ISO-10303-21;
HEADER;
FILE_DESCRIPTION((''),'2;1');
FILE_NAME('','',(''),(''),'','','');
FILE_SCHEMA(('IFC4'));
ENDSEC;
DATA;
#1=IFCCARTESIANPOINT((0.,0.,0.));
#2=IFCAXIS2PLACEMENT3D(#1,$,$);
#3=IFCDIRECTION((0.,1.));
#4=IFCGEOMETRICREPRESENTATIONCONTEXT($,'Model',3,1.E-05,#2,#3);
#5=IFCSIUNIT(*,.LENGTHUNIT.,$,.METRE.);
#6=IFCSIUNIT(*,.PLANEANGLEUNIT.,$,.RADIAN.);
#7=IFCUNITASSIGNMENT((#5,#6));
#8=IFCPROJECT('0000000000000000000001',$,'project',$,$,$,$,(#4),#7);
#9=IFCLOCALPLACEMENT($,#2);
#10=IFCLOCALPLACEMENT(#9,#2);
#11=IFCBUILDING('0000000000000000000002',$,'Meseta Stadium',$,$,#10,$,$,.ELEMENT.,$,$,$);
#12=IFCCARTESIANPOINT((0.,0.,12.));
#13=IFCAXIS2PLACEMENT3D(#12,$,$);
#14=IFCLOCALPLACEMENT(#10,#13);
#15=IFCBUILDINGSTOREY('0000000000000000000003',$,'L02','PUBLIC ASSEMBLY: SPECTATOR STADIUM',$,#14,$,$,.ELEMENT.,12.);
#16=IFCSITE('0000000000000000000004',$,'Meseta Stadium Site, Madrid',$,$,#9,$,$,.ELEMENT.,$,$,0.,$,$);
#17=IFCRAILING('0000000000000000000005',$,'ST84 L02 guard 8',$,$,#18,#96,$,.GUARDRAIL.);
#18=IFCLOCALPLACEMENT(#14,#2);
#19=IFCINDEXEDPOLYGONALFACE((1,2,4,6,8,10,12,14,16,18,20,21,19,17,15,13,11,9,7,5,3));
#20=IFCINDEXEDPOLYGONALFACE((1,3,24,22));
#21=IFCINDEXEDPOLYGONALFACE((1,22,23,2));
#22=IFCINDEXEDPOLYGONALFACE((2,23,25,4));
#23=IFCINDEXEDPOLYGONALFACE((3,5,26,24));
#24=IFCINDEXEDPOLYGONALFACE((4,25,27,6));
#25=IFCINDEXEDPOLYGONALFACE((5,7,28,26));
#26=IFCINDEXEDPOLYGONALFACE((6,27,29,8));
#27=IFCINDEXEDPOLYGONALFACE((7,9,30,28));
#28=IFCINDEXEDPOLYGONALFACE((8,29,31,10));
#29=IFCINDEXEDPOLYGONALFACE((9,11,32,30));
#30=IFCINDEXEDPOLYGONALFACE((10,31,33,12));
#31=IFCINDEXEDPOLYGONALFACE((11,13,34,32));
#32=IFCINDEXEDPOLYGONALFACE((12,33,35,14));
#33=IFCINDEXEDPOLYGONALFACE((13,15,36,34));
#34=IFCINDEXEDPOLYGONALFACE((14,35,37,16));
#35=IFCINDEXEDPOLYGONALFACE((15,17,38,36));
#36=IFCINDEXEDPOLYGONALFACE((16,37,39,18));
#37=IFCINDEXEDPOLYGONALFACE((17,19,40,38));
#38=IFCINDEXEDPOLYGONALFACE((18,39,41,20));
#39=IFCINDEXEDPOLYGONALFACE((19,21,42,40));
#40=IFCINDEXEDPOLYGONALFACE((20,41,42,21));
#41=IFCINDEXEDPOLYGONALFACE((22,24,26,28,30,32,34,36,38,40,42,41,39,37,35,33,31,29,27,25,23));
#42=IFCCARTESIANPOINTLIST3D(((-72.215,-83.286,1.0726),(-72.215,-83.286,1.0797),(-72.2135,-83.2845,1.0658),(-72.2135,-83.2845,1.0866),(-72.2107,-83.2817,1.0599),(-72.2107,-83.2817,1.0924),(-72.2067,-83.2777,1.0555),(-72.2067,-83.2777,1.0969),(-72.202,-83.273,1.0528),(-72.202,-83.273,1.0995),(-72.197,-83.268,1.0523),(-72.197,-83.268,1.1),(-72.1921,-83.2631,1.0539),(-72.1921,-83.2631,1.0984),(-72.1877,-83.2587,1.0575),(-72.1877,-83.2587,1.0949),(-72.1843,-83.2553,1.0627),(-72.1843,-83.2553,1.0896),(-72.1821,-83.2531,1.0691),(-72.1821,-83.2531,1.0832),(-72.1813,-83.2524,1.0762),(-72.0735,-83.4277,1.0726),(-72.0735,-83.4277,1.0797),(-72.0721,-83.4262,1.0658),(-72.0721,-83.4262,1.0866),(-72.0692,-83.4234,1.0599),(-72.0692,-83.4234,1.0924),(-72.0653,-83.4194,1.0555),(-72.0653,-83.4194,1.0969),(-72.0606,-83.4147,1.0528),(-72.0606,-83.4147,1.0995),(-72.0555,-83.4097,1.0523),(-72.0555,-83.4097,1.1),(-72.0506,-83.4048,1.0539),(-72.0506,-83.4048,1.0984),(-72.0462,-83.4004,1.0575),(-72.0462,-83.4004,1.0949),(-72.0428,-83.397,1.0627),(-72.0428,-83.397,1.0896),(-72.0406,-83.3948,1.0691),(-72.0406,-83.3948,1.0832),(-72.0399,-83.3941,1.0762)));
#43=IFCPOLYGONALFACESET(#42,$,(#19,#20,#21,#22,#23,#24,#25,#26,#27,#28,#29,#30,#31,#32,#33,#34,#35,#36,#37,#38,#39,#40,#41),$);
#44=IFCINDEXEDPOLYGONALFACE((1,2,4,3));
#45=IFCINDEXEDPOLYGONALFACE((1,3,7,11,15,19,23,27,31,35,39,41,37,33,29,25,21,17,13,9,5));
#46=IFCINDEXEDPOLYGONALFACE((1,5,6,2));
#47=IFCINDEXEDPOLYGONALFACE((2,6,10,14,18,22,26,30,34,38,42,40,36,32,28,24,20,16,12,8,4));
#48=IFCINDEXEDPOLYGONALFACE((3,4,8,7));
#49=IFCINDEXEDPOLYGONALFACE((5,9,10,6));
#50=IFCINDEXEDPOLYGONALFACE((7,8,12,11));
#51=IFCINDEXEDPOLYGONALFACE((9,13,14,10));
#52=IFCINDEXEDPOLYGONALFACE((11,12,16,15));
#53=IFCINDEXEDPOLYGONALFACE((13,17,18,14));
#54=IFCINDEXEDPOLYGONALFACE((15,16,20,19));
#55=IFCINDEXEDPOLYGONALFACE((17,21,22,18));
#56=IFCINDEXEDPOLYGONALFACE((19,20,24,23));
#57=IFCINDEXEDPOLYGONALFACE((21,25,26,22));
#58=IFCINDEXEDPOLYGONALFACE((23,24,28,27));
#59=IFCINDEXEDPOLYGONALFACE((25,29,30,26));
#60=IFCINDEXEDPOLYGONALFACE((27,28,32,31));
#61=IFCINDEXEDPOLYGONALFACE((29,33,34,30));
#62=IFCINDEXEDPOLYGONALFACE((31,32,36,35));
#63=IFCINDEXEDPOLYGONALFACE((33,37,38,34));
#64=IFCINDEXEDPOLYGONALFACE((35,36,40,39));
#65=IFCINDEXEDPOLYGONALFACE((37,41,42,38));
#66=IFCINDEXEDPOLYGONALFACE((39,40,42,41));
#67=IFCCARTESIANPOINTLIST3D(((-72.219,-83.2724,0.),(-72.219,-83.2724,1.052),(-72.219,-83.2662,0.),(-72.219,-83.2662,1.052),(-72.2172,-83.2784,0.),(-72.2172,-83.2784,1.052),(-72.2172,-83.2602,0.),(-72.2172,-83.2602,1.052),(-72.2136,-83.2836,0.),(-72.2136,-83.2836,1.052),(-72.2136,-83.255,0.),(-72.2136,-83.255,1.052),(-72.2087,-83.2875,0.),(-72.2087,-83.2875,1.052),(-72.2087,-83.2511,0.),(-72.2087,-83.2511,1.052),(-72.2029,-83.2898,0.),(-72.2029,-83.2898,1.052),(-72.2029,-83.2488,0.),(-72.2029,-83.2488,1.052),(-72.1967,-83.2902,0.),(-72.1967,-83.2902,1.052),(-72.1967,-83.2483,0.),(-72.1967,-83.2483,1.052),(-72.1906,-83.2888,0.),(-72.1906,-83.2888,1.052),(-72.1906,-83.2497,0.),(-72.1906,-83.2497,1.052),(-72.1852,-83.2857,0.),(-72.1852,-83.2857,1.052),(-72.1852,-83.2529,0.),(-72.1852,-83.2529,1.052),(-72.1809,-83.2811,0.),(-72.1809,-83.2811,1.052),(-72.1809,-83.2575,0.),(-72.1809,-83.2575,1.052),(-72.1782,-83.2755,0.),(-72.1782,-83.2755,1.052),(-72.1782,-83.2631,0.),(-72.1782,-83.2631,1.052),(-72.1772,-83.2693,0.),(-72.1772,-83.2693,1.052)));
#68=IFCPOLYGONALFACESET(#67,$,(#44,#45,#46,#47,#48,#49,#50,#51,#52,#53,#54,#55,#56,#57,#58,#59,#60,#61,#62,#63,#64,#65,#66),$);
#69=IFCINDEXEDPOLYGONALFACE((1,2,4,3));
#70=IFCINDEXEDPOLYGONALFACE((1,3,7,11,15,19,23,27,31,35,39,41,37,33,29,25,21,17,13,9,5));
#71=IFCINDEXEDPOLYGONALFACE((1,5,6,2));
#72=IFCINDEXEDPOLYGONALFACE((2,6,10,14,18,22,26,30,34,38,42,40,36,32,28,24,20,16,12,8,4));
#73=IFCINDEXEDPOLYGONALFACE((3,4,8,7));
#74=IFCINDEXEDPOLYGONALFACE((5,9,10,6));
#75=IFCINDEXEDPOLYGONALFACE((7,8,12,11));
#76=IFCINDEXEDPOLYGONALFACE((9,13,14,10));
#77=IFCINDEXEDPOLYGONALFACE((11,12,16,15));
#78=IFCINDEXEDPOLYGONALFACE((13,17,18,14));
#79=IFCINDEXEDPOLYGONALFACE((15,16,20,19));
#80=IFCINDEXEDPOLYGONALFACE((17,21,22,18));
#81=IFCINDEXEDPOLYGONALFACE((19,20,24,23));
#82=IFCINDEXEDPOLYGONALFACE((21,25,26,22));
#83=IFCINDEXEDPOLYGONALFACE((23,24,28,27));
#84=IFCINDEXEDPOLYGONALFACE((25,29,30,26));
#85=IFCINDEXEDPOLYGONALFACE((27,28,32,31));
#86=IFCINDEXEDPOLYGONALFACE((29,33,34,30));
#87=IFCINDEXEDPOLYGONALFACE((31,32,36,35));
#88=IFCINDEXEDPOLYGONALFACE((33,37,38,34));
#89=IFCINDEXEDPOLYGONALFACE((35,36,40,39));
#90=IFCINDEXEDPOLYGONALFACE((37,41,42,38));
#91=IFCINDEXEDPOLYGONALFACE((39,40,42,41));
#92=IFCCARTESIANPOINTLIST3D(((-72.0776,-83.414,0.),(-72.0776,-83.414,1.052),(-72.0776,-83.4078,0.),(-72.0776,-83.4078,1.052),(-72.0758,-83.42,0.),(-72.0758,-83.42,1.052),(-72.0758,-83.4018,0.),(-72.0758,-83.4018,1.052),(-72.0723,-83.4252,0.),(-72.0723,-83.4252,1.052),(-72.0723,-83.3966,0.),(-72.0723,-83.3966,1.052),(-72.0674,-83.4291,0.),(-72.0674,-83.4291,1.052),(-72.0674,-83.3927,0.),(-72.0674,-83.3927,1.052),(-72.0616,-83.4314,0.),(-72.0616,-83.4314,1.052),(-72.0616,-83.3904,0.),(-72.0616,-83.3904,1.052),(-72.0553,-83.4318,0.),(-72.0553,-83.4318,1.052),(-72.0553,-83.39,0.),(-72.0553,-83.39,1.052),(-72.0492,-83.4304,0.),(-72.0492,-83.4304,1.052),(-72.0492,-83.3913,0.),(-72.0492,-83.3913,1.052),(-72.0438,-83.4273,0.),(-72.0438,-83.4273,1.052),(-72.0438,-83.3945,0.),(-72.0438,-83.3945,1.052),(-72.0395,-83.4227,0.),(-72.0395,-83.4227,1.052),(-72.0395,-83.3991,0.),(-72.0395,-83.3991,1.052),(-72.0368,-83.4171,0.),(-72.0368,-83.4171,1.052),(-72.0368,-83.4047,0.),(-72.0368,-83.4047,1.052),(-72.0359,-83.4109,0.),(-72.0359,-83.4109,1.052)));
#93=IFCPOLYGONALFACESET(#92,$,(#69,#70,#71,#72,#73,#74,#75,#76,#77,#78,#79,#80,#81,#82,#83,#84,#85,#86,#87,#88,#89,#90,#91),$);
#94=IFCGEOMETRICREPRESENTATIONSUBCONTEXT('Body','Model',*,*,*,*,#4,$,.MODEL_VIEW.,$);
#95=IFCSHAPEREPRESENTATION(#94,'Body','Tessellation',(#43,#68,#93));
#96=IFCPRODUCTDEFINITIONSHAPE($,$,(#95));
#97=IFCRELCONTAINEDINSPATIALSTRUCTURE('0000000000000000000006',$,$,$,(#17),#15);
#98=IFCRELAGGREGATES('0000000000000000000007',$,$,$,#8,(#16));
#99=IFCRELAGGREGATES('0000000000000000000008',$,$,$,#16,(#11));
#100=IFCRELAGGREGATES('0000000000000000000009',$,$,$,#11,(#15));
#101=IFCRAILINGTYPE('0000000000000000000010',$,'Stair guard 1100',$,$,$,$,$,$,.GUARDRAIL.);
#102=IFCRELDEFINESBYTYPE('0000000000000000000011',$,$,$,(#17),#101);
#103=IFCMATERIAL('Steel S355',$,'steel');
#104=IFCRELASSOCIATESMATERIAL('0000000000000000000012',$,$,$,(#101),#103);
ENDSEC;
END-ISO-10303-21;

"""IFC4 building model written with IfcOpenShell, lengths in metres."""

from ifc_helpers import new_model, si_unit, direction, frame, origin, origin_2d, place, context, subcontext, project, spatial, circle, extrude, material, type_object, element, save


model = new_model("IFC4")

# Units and contexts
model_context = context("Model", 3, precision=1e-05, world=origin(), true_north=direction((0.0, 1.0)))
body_context = subcontext(model_context, "Body", "Model", "MODEL_VIEW")
ifc_project = project(units=[si_unit("LENGTHUNIT", "METRE"), si_unit("PLANEANGLEUNIT", "RADIAN")], contexts=[model_context])

# Site, building, storey
site_placement = place(None, origin())
site = spatial("IfcSite", under=ifc_project, at=site_placement, Name="Meseta Stadium Site, Madrid", CompositionType="ELEMENT", RefElevation=0.0)
building_placement = place(site_placement, origin())
building = spatial("IfcBuilding", under=site, at=building_placement, Name="Meseta Stadium", CompositionType="ELEMENT")
storey_placement = place(building_placement, frame((0.0, 0.0, 12.0)))
storey = spatial("IfcBuildingStorey", under=building, at=storey_placement, Name="L02", Description="PUBLIC ASSEMBLY: SPECTATOR STADIUM", CompositionType="ELEMENT", Elevation=12.0)

# Railing
ifc_material_1 = material(Name="Steel S355", Category="steel")
railing_type_1 = type_object("IfcRailingType", Name="Stair guard 1100", PredefinedType="GUARDRAIL", material=ifc_material_1)
railing_1_placement = place(storey_placement, frame((-72.1982, -83.2693, 0.0)))
element("IfcRailing", 1, at=railing_1_placement, inside=storey, type_object=railing_type_1, Name="ST84 L02 guard 8", PredefinedType="GUARDRAIL", context=body_context, shape_type="SweptSolid", body=[
    extrude(circle(Radius=0.0239, at=origin_2d()), frame((0.0, 0.0, 1.0762), z_axis=(0.706496, -0.707717, 0.0), x_axis=(0.707717, 0.706496, 0.0)), (0.0, 0.0, 1.0), 0.2002),
    extrude(circle(Radius=0.021, at=origin_2d()), origin(), (0.0, 0.0, 1.0), 1.052),
    extrude(circle(Radius=0.021, at=origin_2d()), frame((0.1414, -0.1416, 0.0)), (0.0, 0.0, 1.0), 1.052),
])

save(model, "model.ifc")
